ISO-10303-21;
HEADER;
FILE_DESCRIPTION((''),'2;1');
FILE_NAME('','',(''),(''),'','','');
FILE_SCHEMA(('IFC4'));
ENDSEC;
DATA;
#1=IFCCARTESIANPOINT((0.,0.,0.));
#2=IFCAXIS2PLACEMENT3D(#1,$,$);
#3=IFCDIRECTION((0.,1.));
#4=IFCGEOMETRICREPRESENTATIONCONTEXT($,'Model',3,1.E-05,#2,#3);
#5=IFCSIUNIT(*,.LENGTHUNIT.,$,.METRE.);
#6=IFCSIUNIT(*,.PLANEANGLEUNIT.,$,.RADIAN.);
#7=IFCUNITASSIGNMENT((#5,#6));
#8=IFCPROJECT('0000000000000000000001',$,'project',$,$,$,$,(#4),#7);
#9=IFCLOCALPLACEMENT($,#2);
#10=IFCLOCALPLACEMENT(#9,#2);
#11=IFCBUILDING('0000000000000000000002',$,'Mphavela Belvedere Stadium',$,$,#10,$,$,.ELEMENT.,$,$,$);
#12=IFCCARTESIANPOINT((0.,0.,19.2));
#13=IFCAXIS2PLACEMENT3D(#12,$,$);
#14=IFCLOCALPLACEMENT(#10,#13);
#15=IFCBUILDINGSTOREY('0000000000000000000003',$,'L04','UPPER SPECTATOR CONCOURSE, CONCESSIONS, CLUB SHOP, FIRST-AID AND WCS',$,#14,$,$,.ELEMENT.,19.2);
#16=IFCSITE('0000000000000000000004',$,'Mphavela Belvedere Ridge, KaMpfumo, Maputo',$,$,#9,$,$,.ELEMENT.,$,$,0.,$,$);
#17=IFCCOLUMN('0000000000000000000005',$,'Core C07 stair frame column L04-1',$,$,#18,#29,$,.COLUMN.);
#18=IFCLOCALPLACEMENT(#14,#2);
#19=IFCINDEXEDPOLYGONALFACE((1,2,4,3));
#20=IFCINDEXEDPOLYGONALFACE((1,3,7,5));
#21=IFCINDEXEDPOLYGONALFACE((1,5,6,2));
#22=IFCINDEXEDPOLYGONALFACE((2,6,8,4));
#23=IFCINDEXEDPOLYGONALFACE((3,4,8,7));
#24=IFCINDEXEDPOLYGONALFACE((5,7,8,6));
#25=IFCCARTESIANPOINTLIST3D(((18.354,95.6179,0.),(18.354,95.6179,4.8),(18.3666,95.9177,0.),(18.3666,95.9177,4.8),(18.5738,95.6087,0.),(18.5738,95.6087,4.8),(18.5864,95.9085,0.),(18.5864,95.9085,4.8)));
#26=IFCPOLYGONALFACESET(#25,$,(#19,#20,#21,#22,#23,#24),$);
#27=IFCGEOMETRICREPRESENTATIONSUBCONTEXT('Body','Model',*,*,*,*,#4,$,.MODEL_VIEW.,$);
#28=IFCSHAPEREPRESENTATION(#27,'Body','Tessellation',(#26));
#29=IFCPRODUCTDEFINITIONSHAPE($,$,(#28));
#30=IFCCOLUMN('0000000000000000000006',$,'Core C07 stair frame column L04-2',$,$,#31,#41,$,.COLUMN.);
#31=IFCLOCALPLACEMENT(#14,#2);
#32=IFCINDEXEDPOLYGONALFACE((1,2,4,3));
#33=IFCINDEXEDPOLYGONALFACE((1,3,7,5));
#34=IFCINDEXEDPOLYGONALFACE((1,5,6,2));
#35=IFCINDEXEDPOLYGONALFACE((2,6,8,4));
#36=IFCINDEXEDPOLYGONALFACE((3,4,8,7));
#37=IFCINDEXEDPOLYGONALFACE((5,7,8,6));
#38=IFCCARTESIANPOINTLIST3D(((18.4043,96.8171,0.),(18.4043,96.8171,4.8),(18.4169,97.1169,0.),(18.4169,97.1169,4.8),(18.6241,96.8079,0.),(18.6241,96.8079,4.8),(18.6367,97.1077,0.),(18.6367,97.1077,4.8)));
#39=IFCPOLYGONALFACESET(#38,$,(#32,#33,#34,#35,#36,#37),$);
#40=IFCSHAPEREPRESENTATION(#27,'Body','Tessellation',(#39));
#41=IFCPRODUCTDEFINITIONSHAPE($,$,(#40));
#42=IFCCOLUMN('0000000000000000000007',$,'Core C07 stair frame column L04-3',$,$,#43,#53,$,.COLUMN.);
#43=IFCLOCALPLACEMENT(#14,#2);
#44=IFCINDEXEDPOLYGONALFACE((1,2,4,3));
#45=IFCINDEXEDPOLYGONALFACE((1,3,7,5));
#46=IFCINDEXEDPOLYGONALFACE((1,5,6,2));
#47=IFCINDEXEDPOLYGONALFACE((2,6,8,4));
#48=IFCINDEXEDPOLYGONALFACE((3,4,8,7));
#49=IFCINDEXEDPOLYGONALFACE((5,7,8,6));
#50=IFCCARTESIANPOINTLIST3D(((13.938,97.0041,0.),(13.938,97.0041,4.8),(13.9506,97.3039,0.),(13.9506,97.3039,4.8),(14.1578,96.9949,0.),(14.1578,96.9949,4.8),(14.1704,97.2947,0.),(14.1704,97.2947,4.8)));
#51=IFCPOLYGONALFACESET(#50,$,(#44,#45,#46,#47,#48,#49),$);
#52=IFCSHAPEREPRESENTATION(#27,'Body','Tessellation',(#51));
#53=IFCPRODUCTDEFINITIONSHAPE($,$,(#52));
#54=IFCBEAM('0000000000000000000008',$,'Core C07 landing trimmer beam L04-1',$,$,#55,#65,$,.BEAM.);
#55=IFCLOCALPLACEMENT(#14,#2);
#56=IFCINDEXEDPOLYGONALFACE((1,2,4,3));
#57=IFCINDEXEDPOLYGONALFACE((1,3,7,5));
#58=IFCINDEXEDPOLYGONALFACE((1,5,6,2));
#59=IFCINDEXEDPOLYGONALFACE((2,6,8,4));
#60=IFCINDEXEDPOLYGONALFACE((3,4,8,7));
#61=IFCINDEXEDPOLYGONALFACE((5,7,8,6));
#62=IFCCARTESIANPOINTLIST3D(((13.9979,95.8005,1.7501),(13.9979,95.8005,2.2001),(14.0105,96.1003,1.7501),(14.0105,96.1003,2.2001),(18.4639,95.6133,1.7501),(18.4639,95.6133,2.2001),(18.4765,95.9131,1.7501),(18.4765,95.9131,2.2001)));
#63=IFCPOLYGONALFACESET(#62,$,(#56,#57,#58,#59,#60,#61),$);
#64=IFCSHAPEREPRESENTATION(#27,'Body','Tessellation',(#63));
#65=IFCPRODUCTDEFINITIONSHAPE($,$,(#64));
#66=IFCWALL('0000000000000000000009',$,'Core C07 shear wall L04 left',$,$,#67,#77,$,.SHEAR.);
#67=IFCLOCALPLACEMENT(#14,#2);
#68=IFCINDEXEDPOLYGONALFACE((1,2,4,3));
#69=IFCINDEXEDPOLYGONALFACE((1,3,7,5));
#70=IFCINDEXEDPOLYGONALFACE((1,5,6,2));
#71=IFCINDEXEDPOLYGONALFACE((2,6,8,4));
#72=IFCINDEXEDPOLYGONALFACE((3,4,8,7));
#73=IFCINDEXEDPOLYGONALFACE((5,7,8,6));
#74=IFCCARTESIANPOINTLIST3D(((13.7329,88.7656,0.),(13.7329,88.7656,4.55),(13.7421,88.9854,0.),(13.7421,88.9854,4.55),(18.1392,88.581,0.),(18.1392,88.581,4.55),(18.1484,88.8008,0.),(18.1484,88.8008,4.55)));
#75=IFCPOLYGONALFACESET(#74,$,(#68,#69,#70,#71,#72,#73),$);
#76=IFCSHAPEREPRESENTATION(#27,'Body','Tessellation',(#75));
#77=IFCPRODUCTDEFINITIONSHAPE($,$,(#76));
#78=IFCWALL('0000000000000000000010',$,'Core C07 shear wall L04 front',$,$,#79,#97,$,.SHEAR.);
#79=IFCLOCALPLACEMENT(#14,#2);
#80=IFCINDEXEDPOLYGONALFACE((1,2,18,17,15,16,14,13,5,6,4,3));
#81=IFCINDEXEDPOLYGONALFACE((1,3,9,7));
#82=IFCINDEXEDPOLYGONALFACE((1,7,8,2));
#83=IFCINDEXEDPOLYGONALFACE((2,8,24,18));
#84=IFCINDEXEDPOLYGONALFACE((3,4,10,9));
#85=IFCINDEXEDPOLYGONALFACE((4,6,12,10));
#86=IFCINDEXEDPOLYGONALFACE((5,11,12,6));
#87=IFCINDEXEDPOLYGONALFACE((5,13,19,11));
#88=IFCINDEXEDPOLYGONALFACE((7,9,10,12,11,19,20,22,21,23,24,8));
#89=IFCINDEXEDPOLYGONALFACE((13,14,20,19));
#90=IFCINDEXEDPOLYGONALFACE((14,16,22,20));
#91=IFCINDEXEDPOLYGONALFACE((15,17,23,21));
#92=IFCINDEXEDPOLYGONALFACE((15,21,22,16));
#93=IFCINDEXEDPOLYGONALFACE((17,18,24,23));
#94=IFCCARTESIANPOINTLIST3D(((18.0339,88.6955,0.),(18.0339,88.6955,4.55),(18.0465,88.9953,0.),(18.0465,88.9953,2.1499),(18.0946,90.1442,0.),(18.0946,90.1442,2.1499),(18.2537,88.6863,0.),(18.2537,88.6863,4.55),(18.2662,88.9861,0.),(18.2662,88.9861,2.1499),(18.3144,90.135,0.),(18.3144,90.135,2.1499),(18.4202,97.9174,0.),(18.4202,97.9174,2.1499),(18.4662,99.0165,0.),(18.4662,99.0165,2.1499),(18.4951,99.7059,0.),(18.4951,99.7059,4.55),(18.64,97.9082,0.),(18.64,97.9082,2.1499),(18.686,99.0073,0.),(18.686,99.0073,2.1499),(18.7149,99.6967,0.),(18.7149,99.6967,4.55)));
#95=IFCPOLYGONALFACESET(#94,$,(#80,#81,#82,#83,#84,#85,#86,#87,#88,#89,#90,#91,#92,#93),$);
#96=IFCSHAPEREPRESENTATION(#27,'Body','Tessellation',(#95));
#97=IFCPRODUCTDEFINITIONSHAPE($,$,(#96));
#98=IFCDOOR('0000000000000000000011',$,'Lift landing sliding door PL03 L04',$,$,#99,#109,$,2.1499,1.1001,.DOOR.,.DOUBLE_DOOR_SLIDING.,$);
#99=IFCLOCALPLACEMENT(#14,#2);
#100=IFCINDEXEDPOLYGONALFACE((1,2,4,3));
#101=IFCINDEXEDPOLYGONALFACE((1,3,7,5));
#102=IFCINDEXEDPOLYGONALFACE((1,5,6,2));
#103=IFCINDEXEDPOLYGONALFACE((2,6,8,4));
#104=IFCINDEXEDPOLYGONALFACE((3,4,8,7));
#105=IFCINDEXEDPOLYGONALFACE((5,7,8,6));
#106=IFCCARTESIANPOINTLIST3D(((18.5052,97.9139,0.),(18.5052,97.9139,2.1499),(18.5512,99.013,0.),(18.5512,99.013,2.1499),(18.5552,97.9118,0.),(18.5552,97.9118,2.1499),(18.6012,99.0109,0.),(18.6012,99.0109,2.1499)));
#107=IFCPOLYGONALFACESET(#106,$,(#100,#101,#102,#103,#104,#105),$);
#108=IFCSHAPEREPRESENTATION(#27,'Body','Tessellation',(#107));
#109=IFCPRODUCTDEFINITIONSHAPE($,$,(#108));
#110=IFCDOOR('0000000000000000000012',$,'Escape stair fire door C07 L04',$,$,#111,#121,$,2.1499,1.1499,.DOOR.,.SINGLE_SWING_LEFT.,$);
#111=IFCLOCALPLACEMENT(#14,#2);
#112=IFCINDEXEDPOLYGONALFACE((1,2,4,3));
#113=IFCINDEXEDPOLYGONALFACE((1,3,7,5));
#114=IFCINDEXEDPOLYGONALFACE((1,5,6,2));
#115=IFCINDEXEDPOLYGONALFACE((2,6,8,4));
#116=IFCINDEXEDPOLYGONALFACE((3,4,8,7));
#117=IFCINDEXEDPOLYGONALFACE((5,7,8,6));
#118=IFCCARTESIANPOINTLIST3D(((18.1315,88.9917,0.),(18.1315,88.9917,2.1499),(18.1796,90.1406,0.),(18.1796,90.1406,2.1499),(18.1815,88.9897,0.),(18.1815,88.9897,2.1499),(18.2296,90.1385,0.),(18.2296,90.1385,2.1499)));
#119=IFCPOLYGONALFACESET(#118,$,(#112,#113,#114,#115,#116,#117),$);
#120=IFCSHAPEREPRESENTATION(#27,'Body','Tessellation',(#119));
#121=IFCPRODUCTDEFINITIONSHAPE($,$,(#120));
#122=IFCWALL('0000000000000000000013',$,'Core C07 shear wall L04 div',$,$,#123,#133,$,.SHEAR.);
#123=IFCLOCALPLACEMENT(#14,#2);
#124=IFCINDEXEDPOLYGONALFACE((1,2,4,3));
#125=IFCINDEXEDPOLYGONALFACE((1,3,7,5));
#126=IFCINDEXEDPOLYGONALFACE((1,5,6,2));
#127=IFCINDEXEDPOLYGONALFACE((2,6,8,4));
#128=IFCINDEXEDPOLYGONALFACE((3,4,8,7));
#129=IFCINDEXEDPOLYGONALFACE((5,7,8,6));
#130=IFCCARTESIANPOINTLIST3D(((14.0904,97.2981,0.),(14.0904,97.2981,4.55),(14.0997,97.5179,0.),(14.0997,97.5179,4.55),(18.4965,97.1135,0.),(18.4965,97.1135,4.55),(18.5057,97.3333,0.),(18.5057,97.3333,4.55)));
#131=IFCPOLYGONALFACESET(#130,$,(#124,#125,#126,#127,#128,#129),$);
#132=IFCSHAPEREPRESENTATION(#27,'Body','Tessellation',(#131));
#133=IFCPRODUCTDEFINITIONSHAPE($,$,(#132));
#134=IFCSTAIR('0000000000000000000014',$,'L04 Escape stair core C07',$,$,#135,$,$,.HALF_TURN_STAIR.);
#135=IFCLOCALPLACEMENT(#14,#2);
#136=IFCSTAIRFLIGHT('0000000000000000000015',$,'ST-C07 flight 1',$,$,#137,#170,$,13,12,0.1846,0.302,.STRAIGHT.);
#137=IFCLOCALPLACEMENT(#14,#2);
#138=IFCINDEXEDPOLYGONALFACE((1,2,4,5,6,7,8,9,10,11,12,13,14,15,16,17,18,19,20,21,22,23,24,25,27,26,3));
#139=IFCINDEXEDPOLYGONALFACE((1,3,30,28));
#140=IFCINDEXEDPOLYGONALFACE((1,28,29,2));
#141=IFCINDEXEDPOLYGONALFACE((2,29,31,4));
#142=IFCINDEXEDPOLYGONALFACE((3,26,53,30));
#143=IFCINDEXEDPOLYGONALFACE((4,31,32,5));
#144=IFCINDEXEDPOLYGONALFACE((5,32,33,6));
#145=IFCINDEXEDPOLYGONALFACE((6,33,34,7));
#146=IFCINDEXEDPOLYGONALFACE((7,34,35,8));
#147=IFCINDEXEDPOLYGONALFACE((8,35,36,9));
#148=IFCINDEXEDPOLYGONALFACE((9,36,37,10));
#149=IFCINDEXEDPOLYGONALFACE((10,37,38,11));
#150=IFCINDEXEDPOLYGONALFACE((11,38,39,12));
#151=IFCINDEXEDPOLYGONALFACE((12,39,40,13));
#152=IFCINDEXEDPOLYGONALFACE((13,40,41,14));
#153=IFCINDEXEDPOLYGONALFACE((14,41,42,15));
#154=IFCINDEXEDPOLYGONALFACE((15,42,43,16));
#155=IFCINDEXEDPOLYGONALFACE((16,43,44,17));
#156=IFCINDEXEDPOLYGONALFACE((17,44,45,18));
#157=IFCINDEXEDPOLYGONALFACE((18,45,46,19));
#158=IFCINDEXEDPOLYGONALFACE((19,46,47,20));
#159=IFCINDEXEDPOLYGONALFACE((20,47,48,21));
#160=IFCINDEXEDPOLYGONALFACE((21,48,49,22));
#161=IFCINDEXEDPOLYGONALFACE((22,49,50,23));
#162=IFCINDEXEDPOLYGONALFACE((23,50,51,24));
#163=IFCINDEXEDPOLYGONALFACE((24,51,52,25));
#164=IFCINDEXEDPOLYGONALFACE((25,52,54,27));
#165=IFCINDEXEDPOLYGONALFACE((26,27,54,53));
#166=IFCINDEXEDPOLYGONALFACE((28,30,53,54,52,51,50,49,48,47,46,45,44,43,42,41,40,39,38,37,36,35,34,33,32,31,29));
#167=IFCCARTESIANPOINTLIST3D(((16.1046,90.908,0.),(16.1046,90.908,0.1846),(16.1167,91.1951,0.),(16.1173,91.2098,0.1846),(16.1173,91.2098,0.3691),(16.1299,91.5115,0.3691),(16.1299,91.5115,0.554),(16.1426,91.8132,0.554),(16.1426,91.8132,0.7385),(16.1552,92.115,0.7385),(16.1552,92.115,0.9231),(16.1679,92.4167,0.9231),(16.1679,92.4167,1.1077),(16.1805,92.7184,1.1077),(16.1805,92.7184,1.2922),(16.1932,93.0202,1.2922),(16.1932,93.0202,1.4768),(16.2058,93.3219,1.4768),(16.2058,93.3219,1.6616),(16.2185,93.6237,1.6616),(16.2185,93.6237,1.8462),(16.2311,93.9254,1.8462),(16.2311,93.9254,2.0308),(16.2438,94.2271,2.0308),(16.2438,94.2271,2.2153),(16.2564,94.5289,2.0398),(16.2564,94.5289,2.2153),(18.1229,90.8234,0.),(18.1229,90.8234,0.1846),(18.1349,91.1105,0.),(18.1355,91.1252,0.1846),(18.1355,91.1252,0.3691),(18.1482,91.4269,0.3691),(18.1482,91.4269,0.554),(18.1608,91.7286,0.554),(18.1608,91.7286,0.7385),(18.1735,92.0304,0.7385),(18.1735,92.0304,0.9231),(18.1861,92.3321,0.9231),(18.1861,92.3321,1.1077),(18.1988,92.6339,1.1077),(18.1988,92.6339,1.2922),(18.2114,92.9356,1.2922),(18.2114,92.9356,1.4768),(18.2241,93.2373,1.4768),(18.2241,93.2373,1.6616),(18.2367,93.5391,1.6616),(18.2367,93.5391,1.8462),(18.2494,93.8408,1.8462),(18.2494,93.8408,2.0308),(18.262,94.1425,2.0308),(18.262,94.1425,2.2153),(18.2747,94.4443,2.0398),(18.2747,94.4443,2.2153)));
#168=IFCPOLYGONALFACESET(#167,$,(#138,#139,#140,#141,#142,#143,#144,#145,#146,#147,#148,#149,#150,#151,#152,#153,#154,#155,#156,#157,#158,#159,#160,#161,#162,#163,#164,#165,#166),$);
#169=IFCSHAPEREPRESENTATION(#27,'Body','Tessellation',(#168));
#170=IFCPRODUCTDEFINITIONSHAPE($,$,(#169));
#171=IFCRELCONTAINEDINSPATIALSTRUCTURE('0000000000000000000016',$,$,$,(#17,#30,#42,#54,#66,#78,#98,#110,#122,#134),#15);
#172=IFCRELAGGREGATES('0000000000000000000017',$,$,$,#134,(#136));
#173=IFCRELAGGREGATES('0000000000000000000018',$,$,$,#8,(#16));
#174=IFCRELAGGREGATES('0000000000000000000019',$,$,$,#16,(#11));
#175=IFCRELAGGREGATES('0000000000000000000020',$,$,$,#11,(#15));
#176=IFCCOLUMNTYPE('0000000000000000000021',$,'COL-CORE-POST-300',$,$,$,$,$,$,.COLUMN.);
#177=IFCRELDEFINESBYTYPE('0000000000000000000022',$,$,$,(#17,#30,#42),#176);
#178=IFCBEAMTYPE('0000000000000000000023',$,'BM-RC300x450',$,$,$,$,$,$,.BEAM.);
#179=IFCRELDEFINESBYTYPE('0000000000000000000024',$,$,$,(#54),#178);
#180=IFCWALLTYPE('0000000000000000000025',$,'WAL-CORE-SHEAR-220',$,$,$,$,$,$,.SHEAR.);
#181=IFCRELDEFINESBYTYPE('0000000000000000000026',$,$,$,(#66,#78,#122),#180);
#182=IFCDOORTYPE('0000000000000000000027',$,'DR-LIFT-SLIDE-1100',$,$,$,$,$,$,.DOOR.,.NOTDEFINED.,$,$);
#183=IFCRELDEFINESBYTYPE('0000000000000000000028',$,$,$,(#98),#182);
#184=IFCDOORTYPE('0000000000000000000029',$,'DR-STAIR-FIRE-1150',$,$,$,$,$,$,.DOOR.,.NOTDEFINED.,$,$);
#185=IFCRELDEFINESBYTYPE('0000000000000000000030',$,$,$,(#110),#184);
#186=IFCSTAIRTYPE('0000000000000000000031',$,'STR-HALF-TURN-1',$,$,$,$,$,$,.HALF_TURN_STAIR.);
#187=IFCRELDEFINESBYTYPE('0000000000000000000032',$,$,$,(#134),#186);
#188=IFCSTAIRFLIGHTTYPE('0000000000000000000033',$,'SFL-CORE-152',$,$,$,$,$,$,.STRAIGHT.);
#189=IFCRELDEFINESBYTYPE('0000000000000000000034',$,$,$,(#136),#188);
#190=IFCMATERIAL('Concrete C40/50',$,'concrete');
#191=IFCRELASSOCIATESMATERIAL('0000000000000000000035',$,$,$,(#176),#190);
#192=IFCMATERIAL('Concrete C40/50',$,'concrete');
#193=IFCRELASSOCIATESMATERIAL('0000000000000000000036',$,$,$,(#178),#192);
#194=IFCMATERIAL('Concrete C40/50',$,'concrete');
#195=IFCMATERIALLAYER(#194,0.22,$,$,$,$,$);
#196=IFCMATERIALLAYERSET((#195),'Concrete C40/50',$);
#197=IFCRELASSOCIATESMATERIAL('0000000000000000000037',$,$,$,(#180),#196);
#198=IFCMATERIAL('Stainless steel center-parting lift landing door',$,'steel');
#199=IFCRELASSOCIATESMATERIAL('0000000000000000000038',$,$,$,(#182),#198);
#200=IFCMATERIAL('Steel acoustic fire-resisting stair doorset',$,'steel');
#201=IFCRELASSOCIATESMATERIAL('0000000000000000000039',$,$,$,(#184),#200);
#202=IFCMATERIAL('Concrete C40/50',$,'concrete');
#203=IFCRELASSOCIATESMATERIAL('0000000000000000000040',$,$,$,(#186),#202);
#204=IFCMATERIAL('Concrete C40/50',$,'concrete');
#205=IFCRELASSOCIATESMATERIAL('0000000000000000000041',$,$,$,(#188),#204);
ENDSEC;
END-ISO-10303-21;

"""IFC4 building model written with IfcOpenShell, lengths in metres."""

from ifc_helpers import new_model, si_unit, direction, frame, frame_2d, origin, origin_2d, place, context, subcontext, project, spatial, polyline, rectangle, outline, extrude, material, layer, layer_set, material_profile, profile_set, type_object, element, fill, aggregate, save


model = new_model("IFC4")

# Units and contexts
model_context = context("Model", 3, precision=1e-05, world=origin(), true_north=direction((0.0, 1.0)))
body_context = subcontext(model_context, "Body", "Model", "MODEL_VIEW")
ifc_project = project(units=[si_unit("LENGTHUNIT", "METRE"), si_unit("PLANEANGLEUNIT", "RADIAN")], contexts=[model_context])

# Site, building, storey
site_placement = place(None, origin())
site = spatial("IfcSite", under=ifc_project, at=site_placement, Name="Mphavela Belvedere Ridge, KaMpfumo, Maputo", CompositionType="ELEMENT", RefElevation=0.0)
building_placement = place(site_placement, origin())
building = spatial("IfcBuilding", under=site, at=building_placement, Name="Mphavela Belvedere Stadium", CompositionType="ELEMENT")
storey_placement = place(building_placement, frame((0.0, 0.0, 19.2)))
storey = spatial("IfcBuildingStorey", under=building, at=storey_placement, Name="L04", Description="UPPER SPECTATOR CONCOURSE, CONCESSIONS, CLUB SHOP, FIRST-AID AND WCS", CompositionType="ELEMENT", Elevation=19.2)

# Columns
ifc_material_1 = material(Name="Concrete C40/50", Category="concrete")
ifc_material_profile_1 = material_profile(ifc_material_1, rectangle(XDim=0.3, YDim=0.22, at=origin_2d()), Name="RC 300x220")
ifc_profile_set_1 = profile_set([ifc_material_profile_1], Name="Concrete C40/50")
column_type = type_object("IfcColumnType", Name="COL-CORE-POST-300", PredefinedType="COLUMN", material=ifc_profile_set_1)
for number, where, z_axis, x_axis, name in (
    (1, (18.4702, 95.7632, 0.0), (0.0, 0.0, 1.0), (0.041876, 0.999123, 0.0), "Core C07 stair frame column L04-1"),
    (2, (18.5205, 96.9624, 0.0), (0.0, 0.0, 1.0), (0.041876, 0.999123, 0.0), "Core C07 stair frame column L04-2"),
    (3, (14.0542, 97.1494, 0.0), (0.0, 0.0, 1.0), (0.041876, 0.999123, 0.0), "Core C07 stair frame column L04-3"),
):
    element("IfcColumn", number, at=place(storey_placement, frame(where, z_axis=z_axis, x_axis=x_axis)), inside=storey, type_object=column_type, Name=name, PredefinedType="COLUMN", context=body_context, shape_type="SweptSolid", body=[
        extrude(rectangle(XDim=0.3, YDim=0.22, at=origin_2d()), origin(), (0.0, 0.0, 1.0), 4.8),
    ])

# Beam
ifc_material_2 = material(Name="Concrete C40/50", Category="concrete")
ifc_material_profile_2 = material_profile(ifc_material_2, rectangle(XDim=0.3, YDim=0.45, at=origin_2d()), Name="RC 300x450")
ifc_profile_set_2 = profile_set([ifc_material_profile_2], Name="Concrete C40/50")
beam_type = type_object("IfcBeamType", Name="BM-RC300x450", PredefinedType="BEAM", material=ifc_profile_set_2)
beam_placement = place(storey_placement, frame((18.4702, 95.7632, 1.9751), z_axis=(-0.999122, 0.041892, 0.0), x_axis=(-0.041892, -0.999122, 0.0)))
element("IfcBeam", 4, at=beam_placement, inside=storey, type_object=beam_type, Name="Core C07 landing trimmer beam L04-1", PredefinedType="BEAM", context=body_context, shape_type="SweptSolid", body=[
    extrude(rectangle(XDim=0.3, YDim=0.45, at=origin_2d()), origin(), (0.0, 0.0, 1.0), 4.47),
])

# Wall
ifc_material_3 = material(Name="Concrete C40/50", Category="concrete")
ifc_layer = layer(ifc_material_3, 0.22)
ifc_layer_set = layer_set([ifc_layer], Name="Concrete C40/50")
wall_type = type_object("IfcWallType", Name="WAL-CORE-SHEAR-220", PredefinedType="SHEAR", material=ifc_layer_set)
wall_1_placement = place(storey_placement, frame((18.1438, 88.6909, 0.0), z_axis=(0.0, 0.0, 1.0), x_axis=(-0.999124, 0.041852, 0.0)))
element("IfcWall", 5, at=wall_1_placement, inside=storey, type_object=wall_type, Name="Core C07 shear wall L04 left", PredefinedType="SHEAR", context=body_context, shape_type="SweptSolid", body=[
    extrude(rectangle(XDim=4.4102, YDim=0.22, at=frame_2d((2.2051, 0.0))), origin(), (0.0, 0.0, 1.0), 4.55),
])

# Wall, openings, doors
wall_2_placement = place(storey_placement, frame((18.1438, 88.6909, 0.0), z_axis=(0.0, 0.0, 1.0), x_axis=(0.04185, 0.999124, 0.0)))
wall_2 = element("IfcWall", 6, at=wall_2_placement, inside=storey, type_object=wall_type, Name="Core C07 shear wall L04 front", PredefinedType="SHEAR", context=body_context, shape_type="SweptSolid", body=[
    extrude(rectangle(XDim=11.02, YDim=0.22, at=frame_2d((5.51, 0.0))), origin(), (0.0, 0.0, 1.0), 4.55),
])
opening_1_placement = place(wall_2_placement, frame((0.3, 0.0, 0.0)))
opening_1 = element("IfcOpeningElement", 7, at=opening_1_placement, cuts=wall_2, PredefinedType="OPENING", context=body_context, shape_type="SweptSolid", body=[
    extrude(rectangle(XDim=1.1499, YDim=2.1499, at=frame_2d((0.575, 1.075))), frame((0.0, 0.1201, 0.0), z_axis=(0.0, -1.0, 0.0), x_axis=(1.0, 0.0, 0.0)), (0.0, 0.0, 1.0), 0.24),
])
opening_2_placement = place(wall_2_placement, frame((9.23, 0.0, 0.0)))
opening_2 = element("IfcOpeningElement", 8, at=opening_2_placement, cuts=wall_2, PredefinedType="OPENING", context=body_context, shape_type="SweptSolid", body=[
    extrude(rectangle(XDim=1.1001, YDim=2.1499, at=frame_2d((0.55, 1.075))), frame((0.0, 0.1201, 0.0), z_axis=(0.0, -1.0, 0.0), x_axis=(1.0, 0.0, 0.0)), (0.0, 0.0, 1.0), 0.24),
])
ifc_material_4 = material(Name="Stainless steel center-parting lift landing door", Category="steel")
door_type_1 = type_object("IfcDoorType", Name="DR-LIFT-SLIDE-1100", OperationType="NOTDEFINED", PredefinedType="DOOR", material=ifc_material_4)
door_1_placement = place(opening_2_placement, origin())
door_1 = element("IfcDoor", 9, at=door_1_placement, inside=storey, type_object=door_type_1, Name="Lift landing sliding door PL03 L04", OperationType="DOUBLE_DOOR_SLIDING", OverallHeight=2.1499, OverallWidth=1.1001, PredefinedType="DOOR", context=body_context, shape_type="SweptSolid", body=[
    extrude(rectangle(XDim=1.1001, YDim=2.1499, at=frame_2d((0.55, 1.075))), frame((0.0, 0.0249, 0.0), z_axis=(0.0, -1.0, 0.0), x_axis=(1.0, 0.0, 0.0)), (0.0, 0.0, 1.0), 0.05),
])
fill(opening_2, door_1)
ifc_material_5 = material(Name="Steel acoustic fire-resisting stair doorset", Category="steel")
door_type_2 = type_object("IfcDoorType", Name="DR-STAIR-FIRE-1150", OperationType="NOTDEFINED", PredefinedType="DOOR", material=ifc_material_5)
door_2_placement = place(opening_1_placement, origin())
door_2 = element("IfcDoor", 10, at=door_2_placement, inside=storey, type_object=door_type_2, Name="Escape stair fire door C07 L04", OperationType="SINGLE_SWING_LEFT", OverallHeight=2.1499, OverallWidth=1.1499, PredefinedType="DOOR", context=body_context, shape_type="SweptSolid", body=[
    extrude(rectangle(XDim=1.1499, YDim=2.1499, at=frame_2d((0.575, 1.075))), frame((0.0, 0.0249, 0.0), z_axis=(0.0, -1.0, 0.0), x_axis=(1.0, 0.0, 0.0)), (0.0, 0.0, 1.0), 0.05),
])
fill(opening_1, door_2)

# Wall
wall_3_placement = place(storey_placement, frame((18.5012, 97.2234, 0.0), z_axis=(0.0, 0.0, 1.0), x_axis=(-0.999124, 0.041854, 0.0)))
element("IfcWall", 11, at=wall_3_placement, inside=storey, type_object=wall_type, Name="Core C07 shear wall L04 div", PredefinedType="SHEAR", context=body_context, shape_type="SweptSolid", body=[
    extrude(rectangle(XDim=4.4099, YDim=0.22, at=frame_2d((2.2051, 0.0))), origin(), (0.0, 0.0, 1.0), 4.55),
])

# Stair, stair flight
ifc_material_6 = material(Name="Concrete C40/50", Category="concrete")
stair_type = type_object("IfcStairType", Name="STR-HALF-TURN-1", PredefinedType="HALF_TURN_STAIR", material=ifc_material_6)
stair_placement = place(storey_placement, origin())
stair = element("IfcStair", 12, at=stair_placement, inside=storey, type_object=stair_type, Name="L04 Escape stair core C07", PredefinedType="HALF_TURN_STAIR")
ifc_material_7 = material(Name="Concrete C40/50", Category="concrete")
stair_flight_type = type_object("IfcStairFlightType", Name="SFL-CORE-152", PredefinedType="STRAIGHT", material=ifc_material_7)
stair_flight_1_placement = place(storey_placement, frame((17.1138, 90.8657, 0.0), z_axis=(0.0, 0.0, 1.0), x_axis=(0.041876, 0.999123, 0.0)))
stair_flight_1 = element("IfcStairFlight", 13, at=stair_flight_1_placement, type_object=stair_flight_type, Name="ST-C07 flight 1", NumberOfRisers=13, NumberOfTreads=12, PredefinedType="STRAIGHT", RiserHeight=0.1846, TreadLength=0.302, context=body_context, shape_type="SweptSolid", body=[
    extrude(outline(polyline([(0.0, 0.0), (0.0, 0.1846), (0.302, 0.1846), (0.302, 0.3691), (0.604, 0.3691), (0.604, 0.554), (0.906, 0.554), (0.906, 0.7385), (1.208, 0.7385), (1.208, 0.9231), (1.51, 0.9231), (1.51, 1.1077), (1.812, 1.1077), (1.812, 1.2922), (2.114, 1.2922), (2.114, 1.4768), (2.416, 1.4768), (2.416, 1.6616), (2.718, 1.6616), (2.718, 1.8462), (3.02, 1.8462), (3.02, 2.0308), (3.322, 2.0308), (3.322, 2.2153), (3.624, 2.2153), (3.624, 2.3999), (3.624, 2.0398), (0.2874, 0.0), (0.0, 0.0)])), frame((0.0, 1.01, 0.0), z_axis=(0.0, -1.0, 0.0), x_axis=(1.0, 0.0, 0.0)), (0.0, 0.0, 1.0), 2.02),
])
aggregate(stair, [stair_flight_1])

save(model, "model.ifc")
